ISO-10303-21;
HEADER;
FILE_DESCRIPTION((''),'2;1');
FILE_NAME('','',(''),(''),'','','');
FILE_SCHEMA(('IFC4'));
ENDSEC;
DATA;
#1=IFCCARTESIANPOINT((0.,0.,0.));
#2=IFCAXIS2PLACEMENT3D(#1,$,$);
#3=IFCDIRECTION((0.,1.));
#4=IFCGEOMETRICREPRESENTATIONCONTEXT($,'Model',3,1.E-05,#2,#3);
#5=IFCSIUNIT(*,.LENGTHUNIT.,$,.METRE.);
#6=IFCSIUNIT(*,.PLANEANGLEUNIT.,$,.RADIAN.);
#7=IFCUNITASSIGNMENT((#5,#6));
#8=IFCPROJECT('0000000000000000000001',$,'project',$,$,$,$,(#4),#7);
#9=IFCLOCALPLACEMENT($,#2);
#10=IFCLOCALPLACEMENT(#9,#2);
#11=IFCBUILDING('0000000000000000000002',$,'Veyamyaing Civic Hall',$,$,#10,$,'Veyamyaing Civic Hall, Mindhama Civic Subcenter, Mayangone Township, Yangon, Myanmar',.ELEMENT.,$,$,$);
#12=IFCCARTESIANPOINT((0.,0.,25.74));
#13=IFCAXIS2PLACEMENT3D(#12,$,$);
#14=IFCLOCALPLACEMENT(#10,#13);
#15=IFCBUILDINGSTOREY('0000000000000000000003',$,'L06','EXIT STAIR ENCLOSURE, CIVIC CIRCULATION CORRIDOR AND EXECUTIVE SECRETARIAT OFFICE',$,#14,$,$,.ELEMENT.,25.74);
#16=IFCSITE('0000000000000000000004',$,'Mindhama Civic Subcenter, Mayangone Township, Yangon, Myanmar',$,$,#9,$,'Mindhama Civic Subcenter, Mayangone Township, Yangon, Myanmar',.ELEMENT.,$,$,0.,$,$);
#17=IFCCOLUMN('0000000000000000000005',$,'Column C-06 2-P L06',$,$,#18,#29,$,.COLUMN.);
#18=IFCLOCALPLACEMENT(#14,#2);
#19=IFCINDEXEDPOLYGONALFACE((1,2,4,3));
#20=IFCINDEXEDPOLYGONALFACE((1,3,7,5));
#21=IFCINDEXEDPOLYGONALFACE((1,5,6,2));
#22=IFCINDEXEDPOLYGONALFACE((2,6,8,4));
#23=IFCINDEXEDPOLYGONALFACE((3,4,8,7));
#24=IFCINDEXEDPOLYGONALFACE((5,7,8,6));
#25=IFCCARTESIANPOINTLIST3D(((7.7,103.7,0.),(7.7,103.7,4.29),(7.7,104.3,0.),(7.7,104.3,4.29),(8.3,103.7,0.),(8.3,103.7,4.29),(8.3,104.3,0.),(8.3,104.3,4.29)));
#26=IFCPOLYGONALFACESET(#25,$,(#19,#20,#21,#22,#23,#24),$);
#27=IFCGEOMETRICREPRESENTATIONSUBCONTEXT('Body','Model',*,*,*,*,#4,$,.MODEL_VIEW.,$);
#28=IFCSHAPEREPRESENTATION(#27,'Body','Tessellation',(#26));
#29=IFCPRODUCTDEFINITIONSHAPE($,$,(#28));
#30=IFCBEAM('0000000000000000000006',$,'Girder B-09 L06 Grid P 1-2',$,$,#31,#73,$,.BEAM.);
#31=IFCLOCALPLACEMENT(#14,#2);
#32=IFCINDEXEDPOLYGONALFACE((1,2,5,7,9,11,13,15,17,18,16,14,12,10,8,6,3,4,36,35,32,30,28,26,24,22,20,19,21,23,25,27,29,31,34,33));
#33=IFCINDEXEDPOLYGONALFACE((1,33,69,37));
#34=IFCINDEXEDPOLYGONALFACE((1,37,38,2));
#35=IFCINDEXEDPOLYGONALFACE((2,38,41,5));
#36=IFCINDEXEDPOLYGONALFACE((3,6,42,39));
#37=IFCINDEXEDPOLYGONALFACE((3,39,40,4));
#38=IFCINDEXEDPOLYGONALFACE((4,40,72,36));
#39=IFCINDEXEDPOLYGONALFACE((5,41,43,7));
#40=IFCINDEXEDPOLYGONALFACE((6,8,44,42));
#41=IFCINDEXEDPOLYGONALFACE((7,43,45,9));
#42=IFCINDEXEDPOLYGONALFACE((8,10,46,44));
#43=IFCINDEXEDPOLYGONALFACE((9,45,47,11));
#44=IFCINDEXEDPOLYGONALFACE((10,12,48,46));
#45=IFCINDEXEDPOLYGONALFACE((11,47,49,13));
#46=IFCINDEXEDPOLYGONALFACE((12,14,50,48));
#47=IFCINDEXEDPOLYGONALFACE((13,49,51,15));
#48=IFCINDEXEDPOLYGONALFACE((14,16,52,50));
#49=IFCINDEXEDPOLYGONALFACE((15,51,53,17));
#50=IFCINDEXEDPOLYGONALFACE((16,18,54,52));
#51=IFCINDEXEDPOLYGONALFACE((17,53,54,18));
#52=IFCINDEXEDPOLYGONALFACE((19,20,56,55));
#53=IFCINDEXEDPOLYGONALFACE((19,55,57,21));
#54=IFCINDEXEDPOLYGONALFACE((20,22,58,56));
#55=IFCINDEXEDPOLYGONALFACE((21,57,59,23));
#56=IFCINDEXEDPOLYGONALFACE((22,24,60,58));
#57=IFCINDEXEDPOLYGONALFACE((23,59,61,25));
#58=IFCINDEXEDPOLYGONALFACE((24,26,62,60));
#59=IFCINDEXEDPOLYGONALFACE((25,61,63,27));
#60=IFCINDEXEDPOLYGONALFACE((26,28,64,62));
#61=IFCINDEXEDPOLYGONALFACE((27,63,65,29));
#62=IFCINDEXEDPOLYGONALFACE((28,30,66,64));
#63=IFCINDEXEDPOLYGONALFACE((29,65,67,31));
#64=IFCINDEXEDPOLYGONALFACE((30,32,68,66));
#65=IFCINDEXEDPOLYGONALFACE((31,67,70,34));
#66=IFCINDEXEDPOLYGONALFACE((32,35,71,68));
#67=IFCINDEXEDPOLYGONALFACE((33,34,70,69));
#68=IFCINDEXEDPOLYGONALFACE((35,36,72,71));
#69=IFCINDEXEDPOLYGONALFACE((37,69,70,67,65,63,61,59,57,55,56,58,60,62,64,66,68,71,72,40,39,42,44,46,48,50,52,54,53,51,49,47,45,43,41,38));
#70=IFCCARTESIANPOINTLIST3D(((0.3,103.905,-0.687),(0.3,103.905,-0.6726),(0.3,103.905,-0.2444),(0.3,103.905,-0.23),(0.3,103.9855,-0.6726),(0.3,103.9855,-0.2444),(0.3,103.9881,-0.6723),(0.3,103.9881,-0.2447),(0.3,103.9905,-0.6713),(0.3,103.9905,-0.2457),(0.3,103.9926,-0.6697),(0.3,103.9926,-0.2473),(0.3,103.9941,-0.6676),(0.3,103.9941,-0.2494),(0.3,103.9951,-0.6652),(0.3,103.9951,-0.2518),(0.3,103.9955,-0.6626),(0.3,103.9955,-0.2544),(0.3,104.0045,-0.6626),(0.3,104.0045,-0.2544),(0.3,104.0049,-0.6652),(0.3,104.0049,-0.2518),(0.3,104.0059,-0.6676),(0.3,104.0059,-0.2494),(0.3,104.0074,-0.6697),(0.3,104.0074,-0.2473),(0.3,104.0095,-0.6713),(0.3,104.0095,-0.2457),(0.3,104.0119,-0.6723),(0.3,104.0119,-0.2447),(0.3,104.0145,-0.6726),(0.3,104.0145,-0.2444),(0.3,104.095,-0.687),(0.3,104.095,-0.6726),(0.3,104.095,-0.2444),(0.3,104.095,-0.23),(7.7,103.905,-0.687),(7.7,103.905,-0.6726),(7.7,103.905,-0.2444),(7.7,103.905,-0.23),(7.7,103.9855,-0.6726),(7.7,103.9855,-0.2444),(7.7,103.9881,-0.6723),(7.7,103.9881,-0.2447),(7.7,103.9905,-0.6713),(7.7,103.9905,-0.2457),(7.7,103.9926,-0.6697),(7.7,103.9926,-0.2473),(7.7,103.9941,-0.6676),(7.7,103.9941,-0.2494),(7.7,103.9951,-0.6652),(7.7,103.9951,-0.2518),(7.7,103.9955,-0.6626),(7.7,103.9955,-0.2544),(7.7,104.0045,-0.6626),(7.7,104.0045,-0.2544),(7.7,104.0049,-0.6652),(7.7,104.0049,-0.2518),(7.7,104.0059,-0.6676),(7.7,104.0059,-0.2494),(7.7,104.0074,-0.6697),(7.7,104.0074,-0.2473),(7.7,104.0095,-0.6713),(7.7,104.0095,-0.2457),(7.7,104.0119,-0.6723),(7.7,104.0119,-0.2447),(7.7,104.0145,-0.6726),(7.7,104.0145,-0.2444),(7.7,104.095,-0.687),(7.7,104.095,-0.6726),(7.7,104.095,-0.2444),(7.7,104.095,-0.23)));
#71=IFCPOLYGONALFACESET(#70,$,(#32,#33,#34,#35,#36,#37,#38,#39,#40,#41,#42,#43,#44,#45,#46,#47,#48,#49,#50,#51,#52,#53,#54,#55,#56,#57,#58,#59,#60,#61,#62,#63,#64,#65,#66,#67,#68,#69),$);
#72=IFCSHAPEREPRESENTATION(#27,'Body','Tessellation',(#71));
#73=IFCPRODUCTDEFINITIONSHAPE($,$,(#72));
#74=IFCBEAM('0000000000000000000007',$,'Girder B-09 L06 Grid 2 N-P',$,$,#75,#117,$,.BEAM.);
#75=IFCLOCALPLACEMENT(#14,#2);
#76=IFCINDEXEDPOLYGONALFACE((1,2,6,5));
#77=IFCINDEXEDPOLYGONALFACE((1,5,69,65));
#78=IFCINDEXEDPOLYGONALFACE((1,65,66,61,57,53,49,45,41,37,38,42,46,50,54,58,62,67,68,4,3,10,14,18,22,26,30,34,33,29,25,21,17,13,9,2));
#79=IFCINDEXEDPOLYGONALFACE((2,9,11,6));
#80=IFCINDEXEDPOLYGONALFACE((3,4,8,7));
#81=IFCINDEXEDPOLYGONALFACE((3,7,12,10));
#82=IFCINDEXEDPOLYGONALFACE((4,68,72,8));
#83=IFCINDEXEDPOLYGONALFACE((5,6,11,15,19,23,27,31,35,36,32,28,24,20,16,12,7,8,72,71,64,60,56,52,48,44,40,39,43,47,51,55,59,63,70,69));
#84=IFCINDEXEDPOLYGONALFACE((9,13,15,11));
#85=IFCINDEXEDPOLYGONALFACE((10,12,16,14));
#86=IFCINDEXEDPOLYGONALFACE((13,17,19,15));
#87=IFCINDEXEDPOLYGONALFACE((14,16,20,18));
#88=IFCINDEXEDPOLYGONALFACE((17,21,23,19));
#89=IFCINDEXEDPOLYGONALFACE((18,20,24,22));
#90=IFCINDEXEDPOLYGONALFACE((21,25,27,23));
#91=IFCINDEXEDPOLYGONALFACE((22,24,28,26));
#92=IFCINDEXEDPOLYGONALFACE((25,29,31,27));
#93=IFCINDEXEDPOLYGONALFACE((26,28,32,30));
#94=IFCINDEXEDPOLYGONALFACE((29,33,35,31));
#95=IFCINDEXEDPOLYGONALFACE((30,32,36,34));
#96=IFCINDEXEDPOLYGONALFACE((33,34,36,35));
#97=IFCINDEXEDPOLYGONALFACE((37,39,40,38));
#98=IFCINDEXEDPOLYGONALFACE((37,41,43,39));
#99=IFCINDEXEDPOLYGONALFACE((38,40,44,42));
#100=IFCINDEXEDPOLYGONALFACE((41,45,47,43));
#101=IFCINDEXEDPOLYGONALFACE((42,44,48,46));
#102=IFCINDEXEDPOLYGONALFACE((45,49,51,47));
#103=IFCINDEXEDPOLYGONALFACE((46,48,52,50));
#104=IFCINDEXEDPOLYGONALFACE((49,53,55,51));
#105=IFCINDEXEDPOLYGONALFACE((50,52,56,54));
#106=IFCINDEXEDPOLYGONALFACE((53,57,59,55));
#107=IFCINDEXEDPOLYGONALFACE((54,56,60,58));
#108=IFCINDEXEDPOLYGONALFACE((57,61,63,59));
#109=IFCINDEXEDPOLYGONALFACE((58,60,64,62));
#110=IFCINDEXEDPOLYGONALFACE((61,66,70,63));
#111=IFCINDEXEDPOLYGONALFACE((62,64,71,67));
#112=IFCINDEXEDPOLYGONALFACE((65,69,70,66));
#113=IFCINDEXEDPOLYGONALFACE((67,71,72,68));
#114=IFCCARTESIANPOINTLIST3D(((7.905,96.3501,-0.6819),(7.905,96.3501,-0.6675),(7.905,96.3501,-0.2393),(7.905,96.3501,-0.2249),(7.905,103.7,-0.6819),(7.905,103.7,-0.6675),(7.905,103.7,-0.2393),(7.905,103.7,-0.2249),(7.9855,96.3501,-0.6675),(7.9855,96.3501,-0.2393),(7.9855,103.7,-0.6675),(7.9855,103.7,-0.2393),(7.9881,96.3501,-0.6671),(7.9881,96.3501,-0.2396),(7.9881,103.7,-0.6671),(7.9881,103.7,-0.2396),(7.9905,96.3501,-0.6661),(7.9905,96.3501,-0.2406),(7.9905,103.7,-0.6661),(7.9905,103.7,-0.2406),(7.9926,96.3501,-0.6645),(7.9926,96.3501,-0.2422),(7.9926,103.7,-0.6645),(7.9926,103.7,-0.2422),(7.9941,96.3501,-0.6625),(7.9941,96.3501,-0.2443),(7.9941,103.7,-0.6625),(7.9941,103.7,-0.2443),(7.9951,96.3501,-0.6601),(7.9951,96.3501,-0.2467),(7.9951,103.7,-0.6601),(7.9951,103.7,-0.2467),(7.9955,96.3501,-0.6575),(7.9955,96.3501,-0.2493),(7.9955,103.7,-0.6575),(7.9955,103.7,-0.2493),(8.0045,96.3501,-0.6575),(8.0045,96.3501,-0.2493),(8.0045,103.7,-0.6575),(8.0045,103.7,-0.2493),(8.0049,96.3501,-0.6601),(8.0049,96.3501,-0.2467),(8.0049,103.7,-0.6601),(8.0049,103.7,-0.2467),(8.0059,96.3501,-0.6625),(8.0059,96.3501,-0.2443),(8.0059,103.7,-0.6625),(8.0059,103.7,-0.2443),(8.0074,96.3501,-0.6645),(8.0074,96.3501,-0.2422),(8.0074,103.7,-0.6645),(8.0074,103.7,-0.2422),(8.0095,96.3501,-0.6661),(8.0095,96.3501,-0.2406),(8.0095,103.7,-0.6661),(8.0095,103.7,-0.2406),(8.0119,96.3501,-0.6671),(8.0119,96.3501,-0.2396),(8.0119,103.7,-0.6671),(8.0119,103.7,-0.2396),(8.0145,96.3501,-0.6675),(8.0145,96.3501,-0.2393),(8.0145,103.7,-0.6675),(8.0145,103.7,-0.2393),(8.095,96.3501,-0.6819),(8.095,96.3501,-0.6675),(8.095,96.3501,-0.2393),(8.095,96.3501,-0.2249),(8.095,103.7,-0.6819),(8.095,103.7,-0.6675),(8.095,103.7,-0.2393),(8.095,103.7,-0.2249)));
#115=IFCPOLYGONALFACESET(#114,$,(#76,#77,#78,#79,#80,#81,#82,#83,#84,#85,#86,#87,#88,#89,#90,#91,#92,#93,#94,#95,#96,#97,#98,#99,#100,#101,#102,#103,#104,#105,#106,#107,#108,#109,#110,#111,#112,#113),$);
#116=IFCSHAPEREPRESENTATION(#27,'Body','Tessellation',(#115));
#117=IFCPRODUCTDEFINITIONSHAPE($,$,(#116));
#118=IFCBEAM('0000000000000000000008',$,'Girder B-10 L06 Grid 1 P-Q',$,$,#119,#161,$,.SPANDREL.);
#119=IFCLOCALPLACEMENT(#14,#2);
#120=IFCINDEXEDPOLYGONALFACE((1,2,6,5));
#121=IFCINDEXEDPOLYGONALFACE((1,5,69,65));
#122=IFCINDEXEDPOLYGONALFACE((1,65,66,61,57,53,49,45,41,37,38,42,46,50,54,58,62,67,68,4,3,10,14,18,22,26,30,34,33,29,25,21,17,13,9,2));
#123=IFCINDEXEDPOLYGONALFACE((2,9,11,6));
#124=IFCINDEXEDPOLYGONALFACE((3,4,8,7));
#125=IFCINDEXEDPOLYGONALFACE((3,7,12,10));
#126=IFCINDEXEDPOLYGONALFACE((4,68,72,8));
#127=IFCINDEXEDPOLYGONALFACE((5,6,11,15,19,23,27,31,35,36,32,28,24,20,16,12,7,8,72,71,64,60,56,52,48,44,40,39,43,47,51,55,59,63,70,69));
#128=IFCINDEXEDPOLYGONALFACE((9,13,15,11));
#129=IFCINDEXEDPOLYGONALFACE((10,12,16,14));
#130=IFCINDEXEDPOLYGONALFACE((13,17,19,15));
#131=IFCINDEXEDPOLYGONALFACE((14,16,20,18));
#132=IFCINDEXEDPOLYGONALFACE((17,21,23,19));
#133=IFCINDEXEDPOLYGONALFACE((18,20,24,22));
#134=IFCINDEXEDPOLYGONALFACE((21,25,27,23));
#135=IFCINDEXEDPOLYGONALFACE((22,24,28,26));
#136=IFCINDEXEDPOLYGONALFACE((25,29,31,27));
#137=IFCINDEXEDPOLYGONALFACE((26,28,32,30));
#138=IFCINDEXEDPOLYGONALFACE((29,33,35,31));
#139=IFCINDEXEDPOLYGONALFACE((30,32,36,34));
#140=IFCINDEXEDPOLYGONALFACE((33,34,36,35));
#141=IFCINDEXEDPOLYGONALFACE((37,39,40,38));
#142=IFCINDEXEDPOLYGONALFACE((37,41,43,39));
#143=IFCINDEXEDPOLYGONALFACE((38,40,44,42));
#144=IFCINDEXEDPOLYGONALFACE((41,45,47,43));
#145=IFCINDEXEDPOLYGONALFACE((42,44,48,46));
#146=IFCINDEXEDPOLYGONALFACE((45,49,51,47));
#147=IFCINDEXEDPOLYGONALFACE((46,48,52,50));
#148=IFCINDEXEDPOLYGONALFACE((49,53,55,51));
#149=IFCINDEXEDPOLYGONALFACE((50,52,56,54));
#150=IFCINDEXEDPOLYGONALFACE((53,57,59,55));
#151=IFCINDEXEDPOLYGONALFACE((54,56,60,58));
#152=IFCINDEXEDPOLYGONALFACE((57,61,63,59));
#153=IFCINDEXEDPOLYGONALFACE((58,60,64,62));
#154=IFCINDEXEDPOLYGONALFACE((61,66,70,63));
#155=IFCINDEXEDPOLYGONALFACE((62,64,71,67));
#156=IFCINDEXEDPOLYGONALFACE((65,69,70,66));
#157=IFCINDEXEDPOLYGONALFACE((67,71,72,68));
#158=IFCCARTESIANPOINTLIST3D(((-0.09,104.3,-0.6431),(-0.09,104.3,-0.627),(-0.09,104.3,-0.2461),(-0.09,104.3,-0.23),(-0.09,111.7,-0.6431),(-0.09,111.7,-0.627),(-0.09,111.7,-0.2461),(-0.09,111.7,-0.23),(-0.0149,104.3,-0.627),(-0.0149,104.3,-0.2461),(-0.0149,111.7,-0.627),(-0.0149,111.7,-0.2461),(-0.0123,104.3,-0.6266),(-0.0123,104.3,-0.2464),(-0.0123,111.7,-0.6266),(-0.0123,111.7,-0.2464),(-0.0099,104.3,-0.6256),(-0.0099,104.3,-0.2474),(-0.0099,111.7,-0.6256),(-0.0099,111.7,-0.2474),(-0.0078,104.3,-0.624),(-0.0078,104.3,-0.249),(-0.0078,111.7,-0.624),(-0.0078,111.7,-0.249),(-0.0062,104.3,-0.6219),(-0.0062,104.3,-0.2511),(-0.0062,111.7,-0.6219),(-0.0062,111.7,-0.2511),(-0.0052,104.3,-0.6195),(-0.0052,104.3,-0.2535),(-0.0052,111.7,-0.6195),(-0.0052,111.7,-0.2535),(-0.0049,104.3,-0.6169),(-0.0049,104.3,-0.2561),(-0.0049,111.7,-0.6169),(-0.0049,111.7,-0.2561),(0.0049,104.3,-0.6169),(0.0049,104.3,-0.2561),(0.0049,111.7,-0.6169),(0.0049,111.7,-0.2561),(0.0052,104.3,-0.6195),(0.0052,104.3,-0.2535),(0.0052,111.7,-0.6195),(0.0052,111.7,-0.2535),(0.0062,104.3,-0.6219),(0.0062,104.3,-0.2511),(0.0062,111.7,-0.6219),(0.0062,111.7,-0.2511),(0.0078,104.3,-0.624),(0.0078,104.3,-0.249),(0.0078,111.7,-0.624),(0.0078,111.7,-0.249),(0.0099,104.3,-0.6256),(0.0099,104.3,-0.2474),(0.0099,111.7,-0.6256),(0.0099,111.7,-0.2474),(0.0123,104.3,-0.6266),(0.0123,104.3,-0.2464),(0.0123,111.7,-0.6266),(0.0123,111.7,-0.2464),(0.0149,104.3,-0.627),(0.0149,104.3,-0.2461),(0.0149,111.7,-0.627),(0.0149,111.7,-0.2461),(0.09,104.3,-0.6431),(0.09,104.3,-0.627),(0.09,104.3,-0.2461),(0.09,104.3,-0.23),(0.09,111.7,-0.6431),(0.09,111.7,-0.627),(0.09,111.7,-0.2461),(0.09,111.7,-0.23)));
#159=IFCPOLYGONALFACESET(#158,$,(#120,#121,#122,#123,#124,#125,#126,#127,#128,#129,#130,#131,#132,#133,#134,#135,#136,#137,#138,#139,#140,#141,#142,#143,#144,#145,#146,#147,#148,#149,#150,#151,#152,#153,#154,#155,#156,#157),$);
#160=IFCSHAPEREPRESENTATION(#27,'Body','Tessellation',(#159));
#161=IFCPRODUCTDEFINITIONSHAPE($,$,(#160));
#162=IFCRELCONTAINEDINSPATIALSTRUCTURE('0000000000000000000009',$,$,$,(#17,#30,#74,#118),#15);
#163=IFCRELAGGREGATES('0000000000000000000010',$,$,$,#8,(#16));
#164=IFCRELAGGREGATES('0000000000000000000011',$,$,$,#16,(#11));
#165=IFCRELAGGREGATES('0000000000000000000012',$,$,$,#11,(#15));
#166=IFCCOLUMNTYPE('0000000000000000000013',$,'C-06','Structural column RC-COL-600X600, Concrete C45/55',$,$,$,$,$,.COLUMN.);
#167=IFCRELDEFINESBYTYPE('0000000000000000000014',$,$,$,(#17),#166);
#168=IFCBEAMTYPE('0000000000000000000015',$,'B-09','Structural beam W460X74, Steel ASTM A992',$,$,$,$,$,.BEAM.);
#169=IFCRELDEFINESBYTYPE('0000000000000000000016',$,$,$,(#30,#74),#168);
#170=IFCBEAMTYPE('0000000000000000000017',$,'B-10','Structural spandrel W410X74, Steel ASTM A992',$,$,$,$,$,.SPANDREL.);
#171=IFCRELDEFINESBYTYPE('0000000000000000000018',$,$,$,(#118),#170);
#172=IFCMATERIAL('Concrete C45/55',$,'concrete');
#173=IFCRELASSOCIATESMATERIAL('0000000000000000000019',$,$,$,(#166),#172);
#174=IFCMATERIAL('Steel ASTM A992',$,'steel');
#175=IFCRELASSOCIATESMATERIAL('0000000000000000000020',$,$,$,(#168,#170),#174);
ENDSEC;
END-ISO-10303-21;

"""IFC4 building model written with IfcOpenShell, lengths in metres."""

from ifc_helpers import new_model, si_unit, direction, frame, origin, origin_2d, place, context, subcontext, project, spatial, rectangle, i_section, extrude, material, material_profile, profile_set, type_object, element, save


model = new_model("IFC4")

# Units and contexts
model_context = context("Model", 3, precision=1e-05, world=origin(), true_north=direction((0.0, 1.0)))
body_context = subcontext(model_context, "Body", "Model", "MODEL_VIEW")
ifc_project = project(units=[si_unit("LENGTHUNIT", "METRE"), si_unit("PLANEANGLEUNIT", "RADIAN")], contexts=[model_context])

# Site, building, storey
site_placement = place(None, origin())
site = spatial("IfcSite", under=ifc_project, at=site_placement, Name="Mindhama Civic Subcenter, Mayangone Township, Yangon, Myanmar", LongName="Mindhama Civic Subcenter, Mayangone Township, Yangon, Myanmar", CompositionType="ELEMENT", RefElevation=0.0)
building_placement = place(site_placement, origin())
building = spatial("IfcBuilding", under=site, at=building_placement, Name="Veyamyaing Civic Hall", LongName="Veyamyaing Civic Hall, Mindhama Civic Subcenter, Mayangone Township, Yangon, Myanmar", CompositionType="ELEMENT")
storey_placement = place(building_placement, frame((0.0, 0.0, 25.74)))
storey = spatial("IfcBuildingStorey", under=building, at=storey_placement, Name="L06", Description="EXIT STAIR ENCLOSURE, CIVIC CIRCULATION CORRIDOR AND EXECUTIVE SECRETARIAT OFFICE", CompositionType="ELEMENT", Elevation=25.74)

# Column
ifc_material_1 = material(Name="Concrete C45/55", Category="concrete")
ifc_material_profile_1 = material_profile(ifc_material_1, rectangle(XDim=0.6001, YDim=0.6001, at=origin_2d()), Name="RC-COL-600X600")
ifc_profile_set_1 = profile_set([ifc_material_profile_1], Name="Concrete C45/55")
column_type = type_object("IfcColumnType", Name="C-06", Description="Structural column RC-COL-600X600, Concrete C45/55", PredefinedType="COLUMN", material=ifc_profile_set_1)
column_placement = place(storey_placement, frame((8.0, 104.0, 0.0), z_axis=(0.0, 0.0, 1.0), x_axis=(1.0, 0.0, 0.0)))
element("IfcColumn", 1, at=column_placement, inside=storey, type_object=column_type, Name="Column C-06 2-P L06", PredefinedType="COLUMN", context=body_context, shape_type="SweptSolid", body=[
    extrude(rectangle(XDim=0.6001, YDim=0.6001, at=origin_2d()), origin(), (0.0, 0.0, 1.0), 4.29),
])

# Beams
ifc_material_2 = material(Name="Steel ASTM A992", Category="steel")
ifc_material_profile_2 = material_profile(ifc_material_2, i_section(OverallWidth=0.1899, OverallDepth=0.457, WebThickness=0.009, FlangeThickness=0.0144, FilletRadius=0.01, at=origin_2d()), Name="W460X74")
ifc_profile_set_2 = profile_set([ifc_material_profile_2], Name="Steel ASTM A992")
beam_type_1 = type_object("IfcBeamType", Name="B-09", Description="Structural beam W460X74, Steel ASTM A992", PredefinedType="BEAM", material=ifc_profile_set_2)
beam_1_placement = place(storey_placement, frame((0.3, 104.0, -0.4585), z_axis=(1.0, 0.0, 0.0), x_axis=(0.0, 1.0, 0.0)))
element("IfcBeam", 2, at=beam_1_placement, inside=storey, type_object=beam_type_1, Name="Girder B-09 L06 Grid P 1-2", PredefinedType="BEAM", context=body_context, shape_type="SweptSolid", body=[
    extrude(i_section(OverallWidth=0.1899, OverallDepth=0.457, WebThickness=0.009, FlangeThickness=0.0144, FilletRadius=0.01, at=origin_2d()), origin(), (0.0, 0.0, 1.0), 7.3999),
])
beam_2_placement = place(storey_placement, frame((8.0, 96.3501, -0.4534), z_axis=(0.0, 1.0, 0.0), x_axis=(-1.0, 0.0, 0.0)))
element("IfcBeam", 3, at=beam_2_placement, inside=storey, type_object=beam_type_1, Name="Girder B-09 L06 Grid 2 N-P", PredefinedType="BEAM", context=body_context, shape_type="SweptSolid", body=[
    extrude(i_section(OverallWidth=0.1899, OverallDepth=0.457, WebThickness=0.009, FlangeThickness=0.0144, FilletRadius=0.01, at=origin_2d()), origin(), (0.0, 0.0, 1.0), 7.3499),
])
ifc_material_profile_3 = material_profile(ifc_material_2, i_section(OverallWidth=0.1799, OverallDepth=0.4131, WebThickness=0.0098, FlangeThickness=0.0161, FilletRadius=0.01, at=origin_2d()), Name="W410X74")
ifc_profile_set_3 = profile_set([ifc_material_profile_3], Name="Steel ASTM A992")
beam_type_2 = type_object("IfcBeamType", Name="B-10", Description="Structural spandrel W410X74, Steel ASTM A992", PredefinedType="SPANDREL", material=ifc_profile_set_3)
beam_3_placement = place(storey_placement, frame((0.0, 104.3, -0.4365), z_axis=(0.0, 1.0, 0.0), x_axis=(-1.0, 0.0, 0.0)))
element("IfcBeam", 4, at=beam_3_placement, inside=storey, type_object=beam_type_2, Name="Girder B-10 L06 Grid 1 P-Q", PredefinedType="SPANDREL", context=body_context, shape_type="SweptSolid", body=[
    extrude(i_section(OverallWidth=0.1799, OverallDepth=0.4131, WebThickness=0.0098, FlangeThickness=0.0161, FilletRadius=0.01, at=origin_2d()), origin(), (0.0, 0.0, 1.0), 7.3999),
])

save(model, "model.ifc")
